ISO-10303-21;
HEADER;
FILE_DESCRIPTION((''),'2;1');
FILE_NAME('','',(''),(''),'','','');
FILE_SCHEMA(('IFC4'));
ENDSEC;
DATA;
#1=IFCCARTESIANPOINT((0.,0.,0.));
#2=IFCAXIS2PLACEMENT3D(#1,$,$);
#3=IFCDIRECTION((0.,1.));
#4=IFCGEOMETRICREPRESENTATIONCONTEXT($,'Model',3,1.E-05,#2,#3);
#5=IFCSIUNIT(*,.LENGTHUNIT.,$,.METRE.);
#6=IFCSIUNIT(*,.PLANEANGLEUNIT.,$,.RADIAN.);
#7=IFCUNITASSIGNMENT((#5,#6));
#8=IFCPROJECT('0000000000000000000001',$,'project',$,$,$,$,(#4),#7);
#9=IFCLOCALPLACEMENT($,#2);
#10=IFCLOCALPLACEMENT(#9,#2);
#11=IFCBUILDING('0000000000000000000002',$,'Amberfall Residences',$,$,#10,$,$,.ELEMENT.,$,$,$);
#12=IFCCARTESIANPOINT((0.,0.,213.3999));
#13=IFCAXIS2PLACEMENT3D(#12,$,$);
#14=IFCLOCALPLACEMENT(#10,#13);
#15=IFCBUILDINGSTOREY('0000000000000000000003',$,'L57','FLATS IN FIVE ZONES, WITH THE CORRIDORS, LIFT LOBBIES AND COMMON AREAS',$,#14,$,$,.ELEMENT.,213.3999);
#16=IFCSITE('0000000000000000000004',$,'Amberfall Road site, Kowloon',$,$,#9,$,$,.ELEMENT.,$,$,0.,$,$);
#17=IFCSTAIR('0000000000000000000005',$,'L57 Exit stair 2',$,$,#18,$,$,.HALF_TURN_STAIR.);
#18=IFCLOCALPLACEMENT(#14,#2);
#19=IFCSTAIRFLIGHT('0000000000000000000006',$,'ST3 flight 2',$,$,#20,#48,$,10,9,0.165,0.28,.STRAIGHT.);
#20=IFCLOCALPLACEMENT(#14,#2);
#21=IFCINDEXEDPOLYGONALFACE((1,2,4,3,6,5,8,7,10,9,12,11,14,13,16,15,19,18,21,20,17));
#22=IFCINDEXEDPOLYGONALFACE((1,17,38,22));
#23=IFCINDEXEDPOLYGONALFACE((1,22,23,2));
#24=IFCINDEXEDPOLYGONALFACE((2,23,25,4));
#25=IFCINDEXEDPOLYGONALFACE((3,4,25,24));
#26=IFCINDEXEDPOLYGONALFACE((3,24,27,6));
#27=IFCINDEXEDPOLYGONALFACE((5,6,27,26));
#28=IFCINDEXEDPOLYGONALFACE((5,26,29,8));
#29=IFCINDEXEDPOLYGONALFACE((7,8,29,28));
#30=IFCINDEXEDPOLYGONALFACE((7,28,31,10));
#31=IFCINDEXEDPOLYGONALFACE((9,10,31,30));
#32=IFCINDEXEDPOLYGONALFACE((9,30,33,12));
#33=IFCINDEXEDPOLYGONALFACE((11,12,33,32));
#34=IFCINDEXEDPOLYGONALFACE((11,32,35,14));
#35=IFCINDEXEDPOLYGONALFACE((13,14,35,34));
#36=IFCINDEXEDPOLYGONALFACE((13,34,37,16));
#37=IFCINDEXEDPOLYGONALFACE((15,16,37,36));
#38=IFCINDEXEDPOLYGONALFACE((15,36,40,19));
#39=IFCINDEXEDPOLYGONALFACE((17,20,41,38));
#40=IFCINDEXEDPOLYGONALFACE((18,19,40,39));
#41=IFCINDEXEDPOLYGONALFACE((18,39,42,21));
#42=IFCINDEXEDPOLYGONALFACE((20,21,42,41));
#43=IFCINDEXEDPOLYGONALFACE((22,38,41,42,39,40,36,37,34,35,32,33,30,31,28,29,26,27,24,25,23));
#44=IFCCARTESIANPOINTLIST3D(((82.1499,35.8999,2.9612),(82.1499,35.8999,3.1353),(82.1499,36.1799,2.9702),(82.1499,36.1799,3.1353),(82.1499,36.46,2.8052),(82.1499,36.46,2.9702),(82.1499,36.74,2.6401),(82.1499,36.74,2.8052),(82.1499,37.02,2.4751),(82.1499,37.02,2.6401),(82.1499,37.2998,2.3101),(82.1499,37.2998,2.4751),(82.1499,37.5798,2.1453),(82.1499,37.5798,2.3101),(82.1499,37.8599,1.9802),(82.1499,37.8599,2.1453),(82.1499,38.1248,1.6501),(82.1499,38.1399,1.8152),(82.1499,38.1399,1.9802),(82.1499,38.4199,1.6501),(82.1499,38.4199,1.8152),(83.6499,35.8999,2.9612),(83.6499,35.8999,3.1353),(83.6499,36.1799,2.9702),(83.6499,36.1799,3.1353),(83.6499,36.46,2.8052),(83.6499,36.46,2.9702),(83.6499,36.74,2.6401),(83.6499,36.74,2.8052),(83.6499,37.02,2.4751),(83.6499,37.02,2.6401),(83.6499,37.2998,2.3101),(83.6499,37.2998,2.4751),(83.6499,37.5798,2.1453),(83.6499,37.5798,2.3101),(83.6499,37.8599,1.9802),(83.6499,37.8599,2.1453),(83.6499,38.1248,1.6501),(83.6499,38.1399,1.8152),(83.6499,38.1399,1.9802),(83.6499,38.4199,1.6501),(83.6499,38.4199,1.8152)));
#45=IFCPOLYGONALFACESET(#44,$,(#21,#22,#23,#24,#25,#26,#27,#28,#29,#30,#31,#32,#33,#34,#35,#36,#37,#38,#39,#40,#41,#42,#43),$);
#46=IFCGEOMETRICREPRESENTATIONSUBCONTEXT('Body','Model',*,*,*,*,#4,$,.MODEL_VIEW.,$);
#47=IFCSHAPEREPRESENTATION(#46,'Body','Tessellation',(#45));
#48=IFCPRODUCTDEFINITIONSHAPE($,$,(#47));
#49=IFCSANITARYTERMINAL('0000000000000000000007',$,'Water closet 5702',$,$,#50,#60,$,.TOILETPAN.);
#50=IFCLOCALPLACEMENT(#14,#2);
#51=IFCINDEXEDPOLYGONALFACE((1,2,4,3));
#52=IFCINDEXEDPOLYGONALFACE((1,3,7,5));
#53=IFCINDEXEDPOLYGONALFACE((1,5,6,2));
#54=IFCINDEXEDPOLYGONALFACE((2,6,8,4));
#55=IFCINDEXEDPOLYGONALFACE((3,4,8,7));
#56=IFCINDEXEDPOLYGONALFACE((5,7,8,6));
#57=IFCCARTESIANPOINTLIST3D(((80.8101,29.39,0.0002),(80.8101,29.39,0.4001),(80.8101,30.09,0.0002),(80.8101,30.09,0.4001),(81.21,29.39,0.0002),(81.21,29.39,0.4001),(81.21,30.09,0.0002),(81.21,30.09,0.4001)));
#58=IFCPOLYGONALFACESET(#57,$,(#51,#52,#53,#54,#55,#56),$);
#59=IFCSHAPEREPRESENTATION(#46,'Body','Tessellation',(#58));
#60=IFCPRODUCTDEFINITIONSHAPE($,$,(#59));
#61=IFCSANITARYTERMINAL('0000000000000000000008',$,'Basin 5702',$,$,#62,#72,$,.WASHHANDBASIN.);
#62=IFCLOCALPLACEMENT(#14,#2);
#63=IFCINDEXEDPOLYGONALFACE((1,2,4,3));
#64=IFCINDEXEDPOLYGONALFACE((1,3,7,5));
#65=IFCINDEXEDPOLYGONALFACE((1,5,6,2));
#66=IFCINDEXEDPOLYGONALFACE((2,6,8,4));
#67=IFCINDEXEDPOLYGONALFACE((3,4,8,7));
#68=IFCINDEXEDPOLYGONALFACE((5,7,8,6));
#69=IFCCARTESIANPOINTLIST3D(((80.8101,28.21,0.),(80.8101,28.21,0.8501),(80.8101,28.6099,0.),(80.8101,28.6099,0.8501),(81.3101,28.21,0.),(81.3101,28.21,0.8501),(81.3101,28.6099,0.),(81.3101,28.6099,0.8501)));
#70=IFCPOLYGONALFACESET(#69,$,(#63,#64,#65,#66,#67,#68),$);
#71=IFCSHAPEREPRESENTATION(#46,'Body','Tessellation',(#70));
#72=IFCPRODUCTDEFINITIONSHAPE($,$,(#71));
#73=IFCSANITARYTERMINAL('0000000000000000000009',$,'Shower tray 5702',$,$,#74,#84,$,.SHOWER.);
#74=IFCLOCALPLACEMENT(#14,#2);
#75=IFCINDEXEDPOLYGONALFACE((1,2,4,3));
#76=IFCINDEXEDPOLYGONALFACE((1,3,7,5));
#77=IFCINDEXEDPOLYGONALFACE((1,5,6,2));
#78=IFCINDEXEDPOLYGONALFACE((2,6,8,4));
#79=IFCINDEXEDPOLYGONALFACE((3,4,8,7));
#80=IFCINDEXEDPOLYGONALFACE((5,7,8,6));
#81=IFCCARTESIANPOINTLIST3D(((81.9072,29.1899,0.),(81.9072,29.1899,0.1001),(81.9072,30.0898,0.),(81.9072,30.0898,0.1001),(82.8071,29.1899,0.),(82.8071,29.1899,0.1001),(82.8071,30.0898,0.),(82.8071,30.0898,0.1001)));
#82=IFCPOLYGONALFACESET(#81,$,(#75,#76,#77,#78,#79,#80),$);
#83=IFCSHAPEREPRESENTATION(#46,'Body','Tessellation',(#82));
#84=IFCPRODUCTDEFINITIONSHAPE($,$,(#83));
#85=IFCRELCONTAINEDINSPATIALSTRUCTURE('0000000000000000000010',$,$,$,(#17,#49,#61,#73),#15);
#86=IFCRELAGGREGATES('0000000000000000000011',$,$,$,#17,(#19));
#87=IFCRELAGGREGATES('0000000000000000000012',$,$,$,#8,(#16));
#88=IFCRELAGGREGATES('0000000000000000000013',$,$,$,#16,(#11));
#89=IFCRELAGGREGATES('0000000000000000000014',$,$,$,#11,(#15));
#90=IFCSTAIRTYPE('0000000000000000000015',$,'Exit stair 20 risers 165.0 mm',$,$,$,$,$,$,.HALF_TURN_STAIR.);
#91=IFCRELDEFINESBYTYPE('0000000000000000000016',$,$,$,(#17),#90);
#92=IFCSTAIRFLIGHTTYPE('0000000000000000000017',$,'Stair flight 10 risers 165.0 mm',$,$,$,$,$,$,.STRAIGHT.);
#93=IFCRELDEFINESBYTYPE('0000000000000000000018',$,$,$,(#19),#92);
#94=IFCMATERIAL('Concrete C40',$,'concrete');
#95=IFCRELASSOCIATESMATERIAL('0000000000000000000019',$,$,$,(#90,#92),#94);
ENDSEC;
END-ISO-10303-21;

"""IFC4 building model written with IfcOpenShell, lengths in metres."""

from ifc_helpers import new_model, si_unit, direction, frame, origin, origin_2d, place, context, subcontext, project, spatial, polyline, rectangle, outline, extrude, material, type_object, element, aggregate, save


model = new_model("IFC4")

# Units and contexts
model_context = context("Model", 3, precision=1e-05, world=origin(), true_north=direction((0.0, 1.0)))
body_context = subcontext(model_context, "Body", "Model", "MODEL_VIEW")
ifc_project = project(units=[si_unit("LENGTHUNIT", "METRE"), si_unit("PLANEANGLEUNIT", "RADIAN")], contexts=[model_context])

# Site, building, storey
site_placement = place(None, origin())
site = spatial("IfcSite", under=ifc_project, at=site_placement, Name="Amberfall Road site, Kowloon", CompositionType="ELEMENT", RefElevation=0.0)
building_placement = place(site_placement, origin())
building = spatial("IfcBuilding", under=site, at=building_placement, Name="Amberfall Residences", CompositionType="ELEMENT")
storey_placement = place(building_placement, frame((0.0, 0.0, 213.3999)))
storey = spatial("IfcBuildingStorey", under=building, at=storey_placement, Name="L57", Description="FLATS IN FIVE ZONES, WITH THE CORRIDORS, LIFT LOBBIES AND COMMON AREAS", CompositionType="ELEMENT", Elevation=213.3999)

# Stair, stair flight
ifc_material_1 = material(Name="Concrete C40", Category="concrete")
stair_type = type_object("IfcStairType", Name="Exit stair 20 risers 165.0 mm", PredefinedType="HALF_TURN_STAIR", material=ifc_material_1)
stair_placement = place(storey_placement, origin())
stair = element("IfcStair", 1, at=stair_placement, inside=storey, type_object=stair_type, Name="L57 Exit stair 2", PredefinedType="HALF_TURN_STAIR")
stair_flight_type = type_object("IfcStairFlightType", Name="Stair flight 10 risers 165.0 mm", PredefinedType="STRAIGHT", material=ifc_material_1)
stair_flight_1_placement = place(storey_placement, frame((82.8999, 38.4199, 1.6501), z_axis=(0.0, 0.0, 1.0), x_axis=(0.0, -1.0, 0.0)))
stair_flight_1 = element("IfcStairFlight", 2, at=stair_flight_1_placement, type_object=stair_flight_type, Name="ST3 flight 2", NumberOfRisers=10, NumberOfTreads=9, PredefinedType="STRAIGHT", RiserHeight=0.165, TreadLength=0.28, context=body_context, shape_type="SweptSolid", body=[
    extrude(outline(polyline([(0.0, 0.0), (0.0, 0.165), (0.28, 0.165), (0.28, 0.3301), (0.5601, 0.3301), (0.5601, 0.4951), (0.8401, 0.4951), (0.8401, 0.6599), (1.1201, 0.6599), (1.1201, 0.825), (1.3999, 0.825), (1.3999, 0.99), (1.6799, 0.99), (1.6799, 1.155), (1.96, 1.155), (1.96, 1.3201), (2.24, 1.3201), (2.24, 1.4851), (2.52, 1.4851), (2.52, 1.6499), (2.52, 1.311), (0.2952, 0.0), (0.0, 0.0)])), frame((0.0, 0.75, 0.0), z_axis=(0.0, -1.0, 0.0), x_axis=(1.0, 0.0, 0.0)), (0.0, 0.0, 1.0), 1.5),
])
aggregate(stair, [stair_flight_1])

# Sanitary terminals
sanitary_terminal_1_placement = place(storey_placement, frame((81.01, 29.74, 0.0002), z_axis=(0.0, 0.0, 1.0), x_axis=(1.0, 0.0, 0.0)))
element("IfcSanitaryTerminal", 3, at=sanitary_terminal_1_placement, inside=storey, Name="Water closet 5702", PredefinedType="TOILETPAN", context=body_context, shape_type="SweptSolid", body=[
    extrude(rectangle(XDim=0.3999, YDim=0.7, at=origin_2d()), origin(), (0.0, 0.0, 1.0), 0.3999),
])
sanitary_terminal_2_placement = place(storey_placement, frame((81.0601, 28.4099, 0.0), z_axis=(0.0, 0.0, 1.0), x_axis=(1.0, 0.0, 0.0)))
element("IfcSanitaryTerminal", 4, at=sanitary_terminal_2_placement, inside=storey, Name="Basin 5702", PredefinedType="WASHHANDBASIN", context=body_context, shape_type="SweptSolid", body=[
    extrude(rectangle(XDim=0.5, YDim=0.3999, at=origin_2d()), origin(), (0.0, 0.0, 1.0), 0.8501),
])
sanitary_terminal_3_placement = place(storey_placement, frame((82.3572, 29.6399, 0.0), z_axis=(0.0, 0.0, 1.0), x_axis=(1.0, 0.0, 0.0)))
element("IfcSanitaryTerminal", 5, at=sanitary_terminal_3_placement, inside=storey, Name="Shower tray 5702", PredefinedType="SHOWER", context=body_context, shape_type="SweptSolid", body=[
    extrude(rectangle(XDim=0.8999, YDim=0.8999, at=origin_2d()), origin(), (0.0, 0.0, 1.0), 0.1001),
])

save(model, "model.ifc")
